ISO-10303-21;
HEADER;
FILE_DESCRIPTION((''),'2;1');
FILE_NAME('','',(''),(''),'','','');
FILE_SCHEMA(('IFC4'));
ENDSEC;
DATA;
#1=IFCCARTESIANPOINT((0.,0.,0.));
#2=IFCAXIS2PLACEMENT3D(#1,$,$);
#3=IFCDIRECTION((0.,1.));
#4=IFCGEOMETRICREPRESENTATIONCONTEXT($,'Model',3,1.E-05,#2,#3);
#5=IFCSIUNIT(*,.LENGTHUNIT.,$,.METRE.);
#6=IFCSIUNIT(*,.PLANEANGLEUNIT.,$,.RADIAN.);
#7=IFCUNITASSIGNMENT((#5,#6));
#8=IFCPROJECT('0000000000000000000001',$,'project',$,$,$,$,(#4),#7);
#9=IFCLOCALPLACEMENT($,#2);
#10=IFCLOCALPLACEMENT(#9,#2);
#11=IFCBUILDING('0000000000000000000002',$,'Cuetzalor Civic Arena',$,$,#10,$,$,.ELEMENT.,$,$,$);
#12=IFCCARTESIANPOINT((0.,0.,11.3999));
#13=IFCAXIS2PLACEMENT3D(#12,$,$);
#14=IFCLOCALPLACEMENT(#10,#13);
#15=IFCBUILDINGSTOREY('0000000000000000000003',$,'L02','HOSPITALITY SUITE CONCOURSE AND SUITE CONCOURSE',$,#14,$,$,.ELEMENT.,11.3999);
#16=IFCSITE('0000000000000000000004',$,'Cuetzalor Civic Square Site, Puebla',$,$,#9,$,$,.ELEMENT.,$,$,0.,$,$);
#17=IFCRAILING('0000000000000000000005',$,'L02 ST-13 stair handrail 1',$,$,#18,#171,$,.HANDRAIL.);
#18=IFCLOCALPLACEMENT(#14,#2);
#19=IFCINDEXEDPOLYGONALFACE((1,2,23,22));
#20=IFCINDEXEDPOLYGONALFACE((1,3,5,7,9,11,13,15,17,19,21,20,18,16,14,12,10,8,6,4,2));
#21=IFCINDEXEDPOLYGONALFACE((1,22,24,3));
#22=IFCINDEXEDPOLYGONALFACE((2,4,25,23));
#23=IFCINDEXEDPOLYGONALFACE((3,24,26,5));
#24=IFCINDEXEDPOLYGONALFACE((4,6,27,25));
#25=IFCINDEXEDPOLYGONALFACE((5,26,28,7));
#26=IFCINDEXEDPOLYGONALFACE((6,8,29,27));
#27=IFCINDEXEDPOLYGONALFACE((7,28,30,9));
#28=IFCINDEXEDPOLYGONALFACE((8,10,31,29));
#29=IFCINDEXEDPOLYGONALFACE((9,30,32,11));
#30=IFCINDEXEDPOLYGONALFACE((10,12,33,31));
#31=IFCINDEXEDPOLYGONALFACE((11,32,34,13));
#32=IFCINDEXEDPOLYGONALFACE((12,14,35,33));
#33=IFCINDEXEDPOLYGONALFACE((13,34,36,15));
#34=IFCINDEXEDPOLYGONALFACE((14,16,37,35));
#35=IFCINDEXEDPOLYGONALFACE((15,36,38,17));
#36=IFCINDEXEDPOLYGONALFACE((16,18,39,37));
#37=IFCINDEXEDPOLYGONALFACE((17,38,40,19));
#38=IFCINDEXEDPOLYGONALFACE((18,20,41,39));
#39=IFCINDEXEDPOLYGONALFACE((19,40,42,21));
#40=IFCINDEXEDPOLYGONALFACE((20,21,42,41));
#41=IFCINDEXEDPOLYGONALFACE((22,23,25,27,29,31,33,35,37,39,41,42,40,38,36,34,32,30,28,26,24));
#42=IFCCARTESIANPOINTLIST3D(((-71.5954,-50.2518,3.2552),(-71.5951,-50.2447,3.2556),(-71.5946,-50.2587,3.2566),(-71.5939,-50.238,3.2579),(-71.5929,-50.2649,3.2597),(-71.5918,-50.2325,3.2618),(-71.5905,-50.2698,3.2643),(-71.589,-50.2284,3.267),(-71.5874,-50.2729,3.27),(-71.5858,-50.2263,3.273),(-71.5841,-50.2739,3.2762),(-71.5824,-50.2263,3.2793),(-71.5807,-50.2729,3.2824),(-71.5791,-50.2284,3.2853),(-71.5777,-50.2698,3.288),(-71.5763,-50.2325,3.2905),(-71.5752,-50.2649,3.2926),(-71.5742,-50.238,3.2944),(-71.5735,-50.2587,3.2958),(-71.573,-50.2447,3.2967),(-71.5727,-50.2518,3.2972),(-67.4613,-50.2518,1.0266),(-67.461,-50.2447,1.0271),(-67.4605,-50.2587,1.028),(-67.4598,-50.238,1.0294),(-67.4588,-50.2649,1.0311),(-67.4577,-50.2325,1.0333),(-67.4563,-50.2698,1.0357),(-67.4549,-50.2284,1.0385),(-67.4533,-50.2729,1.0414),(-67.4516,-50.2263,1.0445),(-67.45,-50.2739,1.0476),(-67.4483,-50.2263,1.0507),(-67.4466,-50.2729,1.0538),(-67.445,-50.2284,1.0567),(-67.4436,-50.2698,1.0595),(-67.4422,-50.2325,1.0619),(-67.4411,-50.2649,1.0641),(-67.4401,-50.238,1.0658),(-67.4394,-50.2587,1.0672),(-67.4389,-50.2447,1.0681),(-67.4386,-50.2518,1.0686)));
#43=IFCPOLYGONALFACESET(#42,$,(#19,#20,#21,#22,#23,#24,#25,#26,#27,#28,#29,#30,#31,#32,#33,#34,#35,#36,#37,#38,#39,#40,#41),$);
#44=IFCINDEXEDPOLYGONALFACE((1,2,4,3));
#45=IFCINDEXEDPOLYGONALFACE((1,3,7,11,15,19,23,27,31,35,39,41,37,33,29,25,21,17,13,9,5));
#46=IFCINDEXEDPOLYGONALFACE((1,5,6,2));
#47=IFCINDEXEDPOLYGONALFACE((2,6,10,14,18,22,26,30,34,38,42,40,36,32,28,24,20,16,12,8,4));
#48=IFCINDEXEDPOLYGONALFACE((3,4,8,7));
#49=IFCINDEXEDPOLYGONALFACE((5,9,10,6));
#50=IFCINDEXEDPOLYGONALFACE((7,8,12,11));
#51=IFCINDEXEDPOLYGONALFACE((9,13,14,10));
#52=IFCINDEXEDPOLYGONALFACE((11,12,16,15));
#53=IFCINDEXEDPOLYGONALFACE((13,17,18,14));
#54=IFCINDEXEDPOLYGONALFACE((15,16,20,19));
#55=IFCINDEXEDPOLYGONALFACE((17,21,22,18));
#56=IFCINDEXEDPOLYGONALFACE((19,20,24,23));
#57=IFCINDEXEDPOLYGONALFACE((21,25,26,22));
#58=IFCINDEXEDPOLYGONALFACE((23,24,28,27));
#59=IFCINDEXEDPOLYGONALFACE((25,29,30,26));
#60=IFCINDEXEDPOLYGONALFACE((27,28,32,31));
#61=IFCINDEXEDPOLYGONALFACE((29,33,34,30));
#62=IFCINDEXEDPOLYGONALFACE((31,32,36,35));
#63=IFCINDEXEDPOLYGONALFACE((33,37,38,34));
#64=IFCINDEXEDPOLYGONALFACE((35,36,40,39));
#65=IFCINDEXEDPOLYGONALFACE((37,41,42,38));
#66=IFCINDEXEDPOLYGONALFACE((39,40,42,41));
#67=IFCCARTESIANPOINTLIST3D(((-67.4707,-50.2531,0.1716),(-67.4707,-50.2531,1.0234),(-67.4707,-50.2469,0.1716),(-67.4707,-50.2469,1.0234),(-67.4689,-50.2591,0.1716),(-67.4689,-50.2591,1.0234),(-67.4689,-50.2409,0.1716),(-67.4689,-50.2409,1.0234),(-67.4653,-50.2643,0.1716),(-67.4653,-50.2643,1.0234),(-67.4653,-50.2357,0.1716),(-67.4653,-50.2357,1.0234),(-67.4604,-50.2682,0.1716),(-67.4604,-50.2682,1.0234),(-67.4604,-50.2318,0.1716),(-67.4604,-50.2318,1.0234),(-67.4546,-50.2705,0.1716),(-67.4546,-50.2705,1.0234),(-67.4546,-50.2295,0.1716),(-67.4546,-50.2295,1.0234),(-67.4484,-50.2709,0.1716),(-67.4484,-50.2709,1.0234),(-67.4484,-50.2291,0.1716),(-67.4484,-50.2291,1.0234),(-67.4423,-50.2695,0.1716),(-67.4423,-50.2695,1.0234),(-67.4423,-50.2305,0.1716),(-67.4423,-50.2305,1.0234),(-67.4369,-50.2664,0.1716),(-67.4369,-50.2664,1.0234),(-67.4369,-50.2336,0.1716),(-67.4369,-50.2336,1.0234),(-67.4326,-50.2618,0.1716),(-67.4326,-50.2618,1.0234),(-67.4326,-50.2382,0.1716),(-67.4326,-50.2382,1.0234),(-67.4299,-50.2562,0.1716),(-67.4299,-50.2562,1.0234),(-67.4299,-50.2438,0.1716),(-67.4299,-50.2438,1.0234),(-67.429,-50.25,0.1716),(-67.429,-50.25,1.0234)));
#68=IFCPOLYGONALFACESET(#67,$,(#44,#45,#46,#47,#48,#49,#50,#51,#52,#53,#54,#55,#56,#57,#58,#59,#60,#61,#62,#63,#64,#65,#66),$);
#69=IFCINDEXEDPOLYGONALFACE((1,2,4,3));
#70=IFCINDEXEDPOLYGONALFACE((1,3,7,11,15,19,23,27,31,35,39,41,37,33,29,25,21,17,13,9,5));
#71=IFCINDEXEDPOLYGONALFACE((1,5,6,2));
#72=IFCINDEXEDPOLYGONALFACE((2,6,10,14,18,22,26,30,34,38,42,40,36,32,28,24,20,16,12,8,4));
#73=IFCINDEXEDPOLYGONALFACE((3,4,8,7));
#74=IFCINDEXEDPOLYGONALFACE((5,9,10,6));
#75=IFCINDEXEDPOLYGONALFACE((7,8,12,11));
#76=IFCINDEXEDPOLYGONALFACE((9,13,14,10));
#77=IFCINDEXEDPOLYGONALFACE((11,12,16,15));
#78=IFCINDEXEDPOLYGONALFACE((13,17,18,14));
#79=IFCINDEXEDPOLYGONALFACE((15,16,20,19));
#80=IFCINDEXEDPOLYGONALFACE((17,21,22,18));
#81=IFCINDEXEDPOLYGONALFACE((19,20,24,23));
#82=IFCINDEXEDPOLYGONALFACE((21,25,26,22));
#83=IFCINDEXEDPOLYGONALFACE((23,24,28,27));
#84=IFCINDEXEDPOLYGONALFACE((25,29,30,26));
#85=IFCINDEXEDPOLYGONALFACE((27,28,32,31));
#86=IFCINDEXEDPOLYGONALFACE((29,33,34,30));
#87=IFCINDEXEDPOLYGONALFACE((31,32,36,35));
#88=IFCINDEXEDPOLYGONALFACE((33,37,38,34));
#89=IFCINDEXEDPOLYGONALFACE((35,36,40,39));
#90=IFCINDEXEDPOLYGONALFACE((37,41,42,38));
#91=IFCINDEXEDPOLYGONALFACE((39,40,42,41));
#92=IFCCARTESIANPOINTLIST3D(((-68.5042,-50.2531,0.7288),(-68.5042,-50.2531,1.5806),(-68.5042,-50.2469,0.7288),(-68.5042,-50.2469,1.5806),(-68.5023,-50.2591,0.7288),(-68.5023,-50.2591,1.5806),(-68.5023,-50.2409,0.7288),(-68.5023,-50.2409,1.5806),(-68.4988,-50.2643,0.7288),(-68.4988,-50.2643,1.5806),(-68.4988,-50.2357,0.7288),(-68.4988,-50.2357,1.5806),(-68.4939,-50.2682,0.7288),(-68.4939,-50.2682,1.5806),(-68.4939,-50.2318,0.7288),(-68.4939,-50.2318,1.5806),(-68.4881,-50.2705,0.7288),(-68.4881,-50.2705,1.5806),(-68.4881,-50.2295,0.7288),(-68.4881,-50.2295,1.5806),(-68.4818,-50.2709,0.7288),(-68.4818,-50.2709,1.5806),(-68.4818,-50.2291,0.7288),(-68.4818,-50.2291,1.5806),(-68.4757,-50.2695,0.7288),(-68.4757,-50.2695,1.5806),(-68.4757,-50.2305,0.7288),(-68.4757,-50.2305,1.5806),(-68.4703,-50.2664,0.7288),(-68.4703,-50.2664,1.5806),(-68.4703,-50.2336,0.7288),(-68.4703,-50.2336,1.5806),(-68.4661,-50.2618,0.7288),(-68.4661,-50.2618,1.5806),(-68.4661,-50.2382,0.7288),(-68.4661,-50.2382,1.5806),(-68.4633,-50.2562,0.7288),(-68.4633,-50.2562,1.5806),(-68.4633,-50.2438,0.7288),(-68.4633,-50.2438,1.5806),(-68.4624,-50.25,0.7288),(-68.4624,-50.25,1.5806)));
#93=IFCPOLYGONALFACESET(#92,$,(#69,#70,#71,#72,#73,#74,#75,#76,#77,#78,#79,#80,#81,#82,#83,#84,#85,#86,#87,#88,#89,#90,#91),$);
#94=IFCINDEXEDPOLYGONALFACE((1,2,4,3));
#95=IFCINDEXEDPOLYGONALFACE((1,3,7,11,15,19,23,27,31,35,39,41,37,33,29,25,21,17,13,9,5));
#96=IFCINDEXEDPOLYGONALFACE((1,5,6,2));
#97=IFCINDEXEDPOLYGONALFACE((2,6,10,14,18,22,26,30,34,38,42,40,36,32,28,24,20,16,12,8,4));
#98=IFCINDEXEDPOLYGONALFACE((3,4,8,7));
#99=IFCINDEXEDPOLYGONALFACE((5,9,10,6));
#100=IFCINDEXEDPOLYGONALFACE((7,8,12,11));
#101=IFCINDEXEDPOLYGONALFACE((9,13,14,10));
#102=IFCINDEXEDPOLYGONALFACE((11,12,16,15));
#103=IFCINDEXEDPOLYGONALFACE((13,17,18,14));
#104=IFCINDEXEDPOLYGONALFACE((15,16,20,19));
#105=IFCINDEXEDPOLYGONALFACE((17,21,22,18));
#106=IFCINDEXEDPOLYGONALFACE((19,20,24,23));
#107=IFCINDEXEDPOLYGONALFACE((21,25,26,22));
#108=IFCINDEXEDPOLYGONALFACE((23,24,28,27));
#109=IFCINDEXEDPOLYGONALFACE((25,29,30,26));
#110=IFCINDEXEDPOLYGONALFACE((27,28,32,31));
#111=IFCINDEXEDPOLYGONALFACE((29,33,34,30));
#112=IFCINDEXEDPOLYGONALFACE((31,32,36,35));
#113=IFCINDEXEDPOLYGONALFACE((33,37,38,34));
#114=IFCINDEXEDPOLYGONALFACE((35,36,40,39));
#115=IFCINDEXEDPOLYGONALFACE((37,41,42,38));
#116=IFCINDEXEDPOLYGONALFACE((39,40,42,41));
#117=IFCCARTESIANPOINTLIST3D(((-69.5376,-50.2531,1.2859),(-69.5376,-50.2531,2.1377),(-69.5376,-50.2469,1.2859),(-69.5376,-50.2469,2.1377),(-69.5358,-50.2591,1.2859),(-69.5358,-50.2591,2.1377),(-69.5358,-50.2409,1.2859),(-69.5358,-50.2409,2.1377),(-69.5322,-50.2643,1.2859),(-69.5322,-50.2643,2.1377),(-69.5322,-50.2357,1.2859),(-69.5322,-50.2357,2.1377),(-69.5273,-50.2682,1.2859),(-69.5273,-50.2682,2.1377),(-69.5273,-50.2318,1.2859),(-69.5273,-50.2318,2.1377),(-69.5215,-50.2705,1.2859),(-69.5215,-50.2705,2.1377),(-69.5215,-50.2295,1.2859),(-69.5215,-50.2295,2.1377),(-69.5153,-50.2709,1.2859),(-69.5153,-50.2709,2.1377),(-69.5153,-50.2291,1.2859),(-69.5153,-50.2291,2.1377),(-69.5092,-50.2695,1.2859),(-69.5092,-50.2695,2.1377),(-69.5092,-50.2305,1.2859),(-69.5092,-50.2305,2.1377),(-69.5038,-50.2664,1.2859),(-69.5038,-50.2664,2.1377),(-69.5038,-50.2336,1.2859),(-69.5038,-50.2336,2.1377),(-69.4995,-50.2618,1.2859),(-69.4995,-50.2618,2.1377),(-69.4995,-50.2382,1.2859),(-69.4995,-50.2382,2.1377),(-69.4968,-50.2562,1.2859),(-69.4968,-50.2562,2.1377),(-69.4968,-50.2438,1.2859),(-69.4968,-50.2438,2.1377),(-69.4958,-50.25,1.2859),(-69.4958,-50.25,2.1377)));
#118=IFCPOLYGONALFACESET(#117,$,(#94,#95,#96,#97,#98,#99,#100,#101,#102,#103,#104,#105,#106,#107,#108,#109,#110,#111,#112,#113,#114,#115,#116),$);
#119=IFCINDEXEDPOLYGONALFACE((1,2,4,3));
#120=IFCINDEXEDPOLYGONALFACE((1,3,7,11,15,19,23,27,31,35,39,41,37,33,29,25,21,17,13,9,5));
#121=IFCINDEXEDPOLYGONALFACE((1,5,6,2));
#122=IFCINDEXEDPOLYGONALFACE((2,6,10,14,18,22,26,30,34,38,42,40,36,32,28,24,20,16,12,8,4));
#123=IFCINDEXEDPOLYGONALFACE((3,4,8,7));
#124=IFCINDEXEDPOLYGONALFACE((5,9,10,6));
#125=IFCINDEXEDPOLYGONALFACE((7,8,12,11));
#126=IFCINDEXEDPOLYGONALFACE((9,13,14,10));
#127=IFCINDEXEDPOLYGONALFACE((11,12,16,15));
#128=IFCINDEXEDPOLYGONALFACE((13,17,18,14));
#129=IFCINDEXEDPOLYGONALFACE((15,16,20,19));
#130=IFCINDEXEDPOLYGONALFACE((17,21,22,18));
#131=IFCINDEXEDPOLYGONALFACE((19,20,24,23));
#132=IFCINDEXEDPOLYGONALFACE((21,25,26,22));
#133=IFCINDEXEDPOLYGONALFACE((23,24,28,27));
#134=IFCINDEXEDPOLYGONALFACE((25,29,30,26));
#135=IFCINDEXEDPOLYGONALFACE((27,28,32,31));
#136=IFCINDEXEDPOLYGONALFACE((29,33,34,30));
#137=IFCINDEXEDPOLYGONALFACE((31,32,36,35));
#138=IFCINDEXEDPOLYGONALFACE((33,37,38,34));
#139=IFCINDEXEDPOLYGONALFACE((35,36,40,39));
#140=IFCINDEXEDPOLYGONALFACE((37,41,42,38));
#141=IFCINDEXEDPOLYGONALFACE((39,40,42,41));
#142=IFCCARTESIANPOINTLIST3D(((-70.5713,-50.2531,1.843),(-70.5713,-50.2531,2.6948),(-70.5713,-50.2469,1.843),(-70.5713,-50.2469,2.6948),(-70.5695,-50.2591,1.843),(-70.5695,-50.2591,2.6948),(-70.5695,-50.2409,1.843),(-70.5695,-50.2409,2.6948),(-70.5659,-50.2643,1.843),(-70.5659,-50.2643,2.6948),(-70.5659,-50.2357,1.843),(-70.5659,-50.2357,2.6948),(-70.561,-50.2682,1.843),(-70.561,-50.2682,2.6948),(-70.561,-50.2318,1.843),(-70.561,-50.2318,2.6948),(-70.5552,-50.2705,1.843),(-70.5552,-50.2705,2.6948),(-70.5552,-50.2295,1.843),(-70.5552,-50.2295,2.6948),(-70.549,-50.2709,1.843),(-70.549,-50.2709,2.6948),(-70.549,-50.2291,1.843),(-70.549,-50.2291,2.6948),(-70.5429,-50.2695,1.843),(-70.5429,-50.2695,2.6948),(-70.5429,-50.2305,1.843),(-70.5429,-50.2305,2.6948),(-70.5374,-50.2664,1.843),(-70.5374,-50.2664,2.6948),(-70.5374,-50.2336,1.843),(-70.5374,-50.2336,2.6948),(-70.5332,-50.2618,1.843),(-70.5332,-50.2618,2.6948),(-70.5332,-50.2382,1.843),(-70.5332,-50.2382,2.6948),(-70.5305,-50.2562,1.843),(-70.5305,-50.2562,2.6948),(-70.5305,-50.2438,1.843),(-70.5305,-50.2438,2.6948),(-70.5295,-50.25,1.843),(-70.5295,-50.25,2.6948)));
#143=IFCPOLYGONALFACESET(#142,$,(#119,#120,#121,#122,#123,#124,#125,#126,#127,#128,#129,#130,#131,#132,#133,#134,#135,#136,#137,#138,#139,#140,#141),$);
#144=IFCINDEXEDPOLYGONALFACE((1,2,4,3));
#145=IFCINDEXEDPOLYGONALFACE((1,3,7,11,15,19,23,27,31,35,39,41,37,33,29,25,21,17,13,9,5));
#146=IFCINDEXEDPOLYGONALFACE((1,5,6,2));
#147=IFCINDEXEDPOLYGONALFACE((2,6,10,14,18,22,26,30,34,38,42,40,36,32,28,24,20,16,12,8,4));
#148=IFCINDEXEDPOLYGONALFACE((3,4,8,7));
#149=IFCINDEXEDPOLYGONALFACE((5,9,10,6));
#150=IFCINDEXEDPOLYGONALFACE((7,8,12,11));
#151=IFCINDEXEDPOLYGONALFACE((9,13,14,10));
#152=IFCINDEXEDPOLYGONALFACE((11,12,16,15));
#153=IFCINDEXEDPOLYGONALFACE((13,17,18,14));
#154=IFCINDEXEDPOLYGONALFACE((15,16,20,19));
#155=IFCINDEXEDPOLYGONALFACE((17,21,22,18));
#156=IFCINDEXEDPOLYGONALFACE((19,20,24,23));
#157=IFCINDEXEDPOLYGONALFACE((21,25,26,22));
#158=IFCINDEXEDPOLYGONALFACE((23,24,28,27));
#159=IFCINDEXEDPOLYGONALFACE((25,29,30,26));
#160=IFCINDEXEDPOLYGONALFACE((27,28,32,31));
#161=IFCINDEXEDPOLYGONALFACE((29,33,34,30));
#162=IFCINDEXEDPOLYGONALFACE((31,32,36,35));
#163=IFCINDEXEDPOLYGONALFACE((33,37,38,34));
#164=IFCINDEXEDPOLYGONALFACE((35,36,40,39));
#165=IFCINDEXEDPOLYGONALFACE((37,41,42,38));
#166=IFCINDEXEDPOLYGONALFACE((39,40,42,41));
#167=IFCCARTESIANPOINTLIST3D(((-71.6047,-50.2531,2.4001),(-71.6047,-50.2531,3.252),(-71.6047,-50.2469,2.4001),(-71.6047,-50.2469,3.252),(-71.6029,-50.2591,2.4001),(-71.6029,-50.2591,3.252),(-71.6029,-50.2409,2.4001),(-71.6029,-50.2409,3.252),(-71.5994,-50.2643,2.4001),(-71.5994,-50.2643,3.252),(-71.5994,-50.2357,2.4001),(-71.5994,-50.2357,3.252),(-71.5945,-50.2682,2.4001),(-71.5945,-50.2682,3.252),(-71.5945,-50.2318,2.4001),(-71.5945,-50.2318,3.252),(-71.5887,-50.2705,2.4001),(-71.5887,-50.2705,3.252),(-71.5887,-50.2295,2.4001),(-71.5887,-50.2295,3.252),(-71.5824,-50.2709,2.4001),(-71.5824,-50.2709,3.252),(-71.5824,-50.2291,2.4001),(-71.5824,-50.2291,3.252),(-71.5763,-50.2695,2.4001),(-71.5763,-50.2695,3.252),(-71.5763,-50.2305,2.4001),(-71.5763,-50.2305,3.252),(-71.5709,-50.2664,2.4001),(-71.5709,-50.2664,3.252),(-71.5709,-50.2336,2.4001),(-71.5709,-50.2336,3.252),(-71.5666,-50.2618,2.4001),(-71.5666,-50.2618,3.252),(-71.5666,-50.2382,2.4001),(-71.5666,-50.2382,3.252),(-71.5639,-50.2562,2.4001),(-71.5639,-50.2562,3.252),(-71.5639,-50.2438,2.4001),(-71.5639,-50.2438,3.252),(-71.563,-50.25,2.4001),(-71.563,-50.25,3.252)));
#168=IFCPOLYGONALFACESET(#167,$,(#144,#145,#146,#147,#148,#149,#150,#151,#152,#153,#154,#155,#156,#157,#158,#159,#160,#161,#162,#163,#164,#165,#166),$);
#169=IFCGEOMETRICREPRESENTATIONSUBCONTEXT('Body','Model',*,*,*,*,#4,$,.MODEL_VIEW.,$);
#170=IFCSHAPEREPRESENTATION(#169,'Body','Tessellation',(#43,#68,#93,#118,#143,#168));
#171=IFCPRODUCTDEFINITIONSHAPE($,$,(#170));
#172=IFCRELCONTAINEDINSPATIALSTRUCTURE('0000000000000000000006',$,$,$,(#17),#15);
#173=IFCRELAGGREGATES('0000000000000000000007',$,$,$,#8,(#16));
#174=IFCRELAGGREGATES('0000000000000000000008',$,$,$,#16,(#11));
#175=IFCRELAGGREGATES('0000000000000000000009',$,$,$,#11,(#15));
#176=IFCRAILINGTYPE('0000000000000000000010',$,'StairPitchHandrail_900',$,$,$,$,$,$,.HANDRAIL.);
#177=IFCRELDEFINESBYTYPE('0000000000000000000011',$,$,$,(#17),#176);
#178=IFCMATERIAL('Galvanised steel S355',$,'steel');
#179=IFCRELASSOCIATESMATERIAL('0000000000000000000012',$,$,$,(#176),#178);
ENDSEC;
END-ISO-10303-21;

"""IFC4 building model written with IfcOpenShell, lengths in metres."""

from ifc_helpers import new_model, si_unit, direction, frame, origin, origin_2d, place, context, subcontext, project, spatial, circle, extrude, material, type_object, element, save


model = new_model("IFC4")

# Units and contexts
model_context = context("Model", 3, precision=1e-05, world=origin(), true_north=direction((0.0, 1.0)))
body_context = subcontext(model_context, "Body", "Model", "MODEL_VIEW")
ifc_project = project(units=[si_unit("LENGTHUNIT", "METRE"), si_unit("PLANEANGLEUNIT", "RADIAN")], contexts=[model_context])

# Site, building, storey
site_placement = place(None, origin())
site = spatial("IfcSite", under=ifc_project, at=site_placement, Name="Cuetzalor Civic Square Site, Puebla", CompositionType="ELEMENT", RefElevation=0.0)
building_placement = place(site_placement, origin())
building = spatial("IfcBuilding", under=site, at=building_placement, Name="Cuetzalor Civic Arena", CompositionType="ELEMENT")
storey_placement = place(building_placement, frame((0.0, 0.0, 11.3999)))
storey = spatial("IfcBuildingStorey", under=building, at=storey_placement, Name="L02", Description="HOSPITALITY SUITE CONCOURSE AND SUITE CONCOURSE", CompositionType="ELEMENT", Elevation=11.3999)

# Railing
ifc_material_1 = material(Name="Galvanised steel S355", Category="steel")
railing_type_1 = type_object("IfcRailingType", Name="StairPitchHandrail_900", PredefinedType="HANDRAIL", material=ifc_material_1)
railing_1_placement = place(storey_placement, frame((-67.45, -50.25, 0.1716)))
element("IfcRailing", 1, at=railing_1_placement, inside=storey, type_object=railing_type_1, Name="L02 ST-13 stair handrail 1", PredefinedType="HANDRAIL", context=body_context, shape_type="SweptSolid", body=[
    extrude(circle(Radius=0.0239, at=origin_2d()), frame((0.0, 0.0, 0.876), z_axis=(-0.880249, 0.0, 0.474512), x_axis=(0.0, -1.0, 0.0)), (0.0, 0.0, 1.0), 4.6965),
    extrude(circle(Radius=0.021, at=origin_2d()), origin(), (0.0, 0.0, 1.0), 0.8518),
    extrude(circle(Radius=0.021, at=origin_2d()), frame((-1.0334, 0.0, 0.5571)), (0.0, 0.0, 1.0), 0.8518),
    extrude(circle(Radius=0.021, at=origin_2d()), frame((-2.0669, 0.0, 1.1143)), (0.0, 0.0, 1.0), 0.8518),
    extrude(circle(Radius=0.021, at=origin_2d()), frame((-3.1006, 0.0, 1.6714)), (0.0, 0.0, 1.0), 0.8518),
    extrude(circle(Radius=0.021, at=origin_2d()), frame((-4.134, 0.0, 2.2285)), (0.0, 0.0, 1.0), 0.8518),
])

save(model, "model.ifc")
